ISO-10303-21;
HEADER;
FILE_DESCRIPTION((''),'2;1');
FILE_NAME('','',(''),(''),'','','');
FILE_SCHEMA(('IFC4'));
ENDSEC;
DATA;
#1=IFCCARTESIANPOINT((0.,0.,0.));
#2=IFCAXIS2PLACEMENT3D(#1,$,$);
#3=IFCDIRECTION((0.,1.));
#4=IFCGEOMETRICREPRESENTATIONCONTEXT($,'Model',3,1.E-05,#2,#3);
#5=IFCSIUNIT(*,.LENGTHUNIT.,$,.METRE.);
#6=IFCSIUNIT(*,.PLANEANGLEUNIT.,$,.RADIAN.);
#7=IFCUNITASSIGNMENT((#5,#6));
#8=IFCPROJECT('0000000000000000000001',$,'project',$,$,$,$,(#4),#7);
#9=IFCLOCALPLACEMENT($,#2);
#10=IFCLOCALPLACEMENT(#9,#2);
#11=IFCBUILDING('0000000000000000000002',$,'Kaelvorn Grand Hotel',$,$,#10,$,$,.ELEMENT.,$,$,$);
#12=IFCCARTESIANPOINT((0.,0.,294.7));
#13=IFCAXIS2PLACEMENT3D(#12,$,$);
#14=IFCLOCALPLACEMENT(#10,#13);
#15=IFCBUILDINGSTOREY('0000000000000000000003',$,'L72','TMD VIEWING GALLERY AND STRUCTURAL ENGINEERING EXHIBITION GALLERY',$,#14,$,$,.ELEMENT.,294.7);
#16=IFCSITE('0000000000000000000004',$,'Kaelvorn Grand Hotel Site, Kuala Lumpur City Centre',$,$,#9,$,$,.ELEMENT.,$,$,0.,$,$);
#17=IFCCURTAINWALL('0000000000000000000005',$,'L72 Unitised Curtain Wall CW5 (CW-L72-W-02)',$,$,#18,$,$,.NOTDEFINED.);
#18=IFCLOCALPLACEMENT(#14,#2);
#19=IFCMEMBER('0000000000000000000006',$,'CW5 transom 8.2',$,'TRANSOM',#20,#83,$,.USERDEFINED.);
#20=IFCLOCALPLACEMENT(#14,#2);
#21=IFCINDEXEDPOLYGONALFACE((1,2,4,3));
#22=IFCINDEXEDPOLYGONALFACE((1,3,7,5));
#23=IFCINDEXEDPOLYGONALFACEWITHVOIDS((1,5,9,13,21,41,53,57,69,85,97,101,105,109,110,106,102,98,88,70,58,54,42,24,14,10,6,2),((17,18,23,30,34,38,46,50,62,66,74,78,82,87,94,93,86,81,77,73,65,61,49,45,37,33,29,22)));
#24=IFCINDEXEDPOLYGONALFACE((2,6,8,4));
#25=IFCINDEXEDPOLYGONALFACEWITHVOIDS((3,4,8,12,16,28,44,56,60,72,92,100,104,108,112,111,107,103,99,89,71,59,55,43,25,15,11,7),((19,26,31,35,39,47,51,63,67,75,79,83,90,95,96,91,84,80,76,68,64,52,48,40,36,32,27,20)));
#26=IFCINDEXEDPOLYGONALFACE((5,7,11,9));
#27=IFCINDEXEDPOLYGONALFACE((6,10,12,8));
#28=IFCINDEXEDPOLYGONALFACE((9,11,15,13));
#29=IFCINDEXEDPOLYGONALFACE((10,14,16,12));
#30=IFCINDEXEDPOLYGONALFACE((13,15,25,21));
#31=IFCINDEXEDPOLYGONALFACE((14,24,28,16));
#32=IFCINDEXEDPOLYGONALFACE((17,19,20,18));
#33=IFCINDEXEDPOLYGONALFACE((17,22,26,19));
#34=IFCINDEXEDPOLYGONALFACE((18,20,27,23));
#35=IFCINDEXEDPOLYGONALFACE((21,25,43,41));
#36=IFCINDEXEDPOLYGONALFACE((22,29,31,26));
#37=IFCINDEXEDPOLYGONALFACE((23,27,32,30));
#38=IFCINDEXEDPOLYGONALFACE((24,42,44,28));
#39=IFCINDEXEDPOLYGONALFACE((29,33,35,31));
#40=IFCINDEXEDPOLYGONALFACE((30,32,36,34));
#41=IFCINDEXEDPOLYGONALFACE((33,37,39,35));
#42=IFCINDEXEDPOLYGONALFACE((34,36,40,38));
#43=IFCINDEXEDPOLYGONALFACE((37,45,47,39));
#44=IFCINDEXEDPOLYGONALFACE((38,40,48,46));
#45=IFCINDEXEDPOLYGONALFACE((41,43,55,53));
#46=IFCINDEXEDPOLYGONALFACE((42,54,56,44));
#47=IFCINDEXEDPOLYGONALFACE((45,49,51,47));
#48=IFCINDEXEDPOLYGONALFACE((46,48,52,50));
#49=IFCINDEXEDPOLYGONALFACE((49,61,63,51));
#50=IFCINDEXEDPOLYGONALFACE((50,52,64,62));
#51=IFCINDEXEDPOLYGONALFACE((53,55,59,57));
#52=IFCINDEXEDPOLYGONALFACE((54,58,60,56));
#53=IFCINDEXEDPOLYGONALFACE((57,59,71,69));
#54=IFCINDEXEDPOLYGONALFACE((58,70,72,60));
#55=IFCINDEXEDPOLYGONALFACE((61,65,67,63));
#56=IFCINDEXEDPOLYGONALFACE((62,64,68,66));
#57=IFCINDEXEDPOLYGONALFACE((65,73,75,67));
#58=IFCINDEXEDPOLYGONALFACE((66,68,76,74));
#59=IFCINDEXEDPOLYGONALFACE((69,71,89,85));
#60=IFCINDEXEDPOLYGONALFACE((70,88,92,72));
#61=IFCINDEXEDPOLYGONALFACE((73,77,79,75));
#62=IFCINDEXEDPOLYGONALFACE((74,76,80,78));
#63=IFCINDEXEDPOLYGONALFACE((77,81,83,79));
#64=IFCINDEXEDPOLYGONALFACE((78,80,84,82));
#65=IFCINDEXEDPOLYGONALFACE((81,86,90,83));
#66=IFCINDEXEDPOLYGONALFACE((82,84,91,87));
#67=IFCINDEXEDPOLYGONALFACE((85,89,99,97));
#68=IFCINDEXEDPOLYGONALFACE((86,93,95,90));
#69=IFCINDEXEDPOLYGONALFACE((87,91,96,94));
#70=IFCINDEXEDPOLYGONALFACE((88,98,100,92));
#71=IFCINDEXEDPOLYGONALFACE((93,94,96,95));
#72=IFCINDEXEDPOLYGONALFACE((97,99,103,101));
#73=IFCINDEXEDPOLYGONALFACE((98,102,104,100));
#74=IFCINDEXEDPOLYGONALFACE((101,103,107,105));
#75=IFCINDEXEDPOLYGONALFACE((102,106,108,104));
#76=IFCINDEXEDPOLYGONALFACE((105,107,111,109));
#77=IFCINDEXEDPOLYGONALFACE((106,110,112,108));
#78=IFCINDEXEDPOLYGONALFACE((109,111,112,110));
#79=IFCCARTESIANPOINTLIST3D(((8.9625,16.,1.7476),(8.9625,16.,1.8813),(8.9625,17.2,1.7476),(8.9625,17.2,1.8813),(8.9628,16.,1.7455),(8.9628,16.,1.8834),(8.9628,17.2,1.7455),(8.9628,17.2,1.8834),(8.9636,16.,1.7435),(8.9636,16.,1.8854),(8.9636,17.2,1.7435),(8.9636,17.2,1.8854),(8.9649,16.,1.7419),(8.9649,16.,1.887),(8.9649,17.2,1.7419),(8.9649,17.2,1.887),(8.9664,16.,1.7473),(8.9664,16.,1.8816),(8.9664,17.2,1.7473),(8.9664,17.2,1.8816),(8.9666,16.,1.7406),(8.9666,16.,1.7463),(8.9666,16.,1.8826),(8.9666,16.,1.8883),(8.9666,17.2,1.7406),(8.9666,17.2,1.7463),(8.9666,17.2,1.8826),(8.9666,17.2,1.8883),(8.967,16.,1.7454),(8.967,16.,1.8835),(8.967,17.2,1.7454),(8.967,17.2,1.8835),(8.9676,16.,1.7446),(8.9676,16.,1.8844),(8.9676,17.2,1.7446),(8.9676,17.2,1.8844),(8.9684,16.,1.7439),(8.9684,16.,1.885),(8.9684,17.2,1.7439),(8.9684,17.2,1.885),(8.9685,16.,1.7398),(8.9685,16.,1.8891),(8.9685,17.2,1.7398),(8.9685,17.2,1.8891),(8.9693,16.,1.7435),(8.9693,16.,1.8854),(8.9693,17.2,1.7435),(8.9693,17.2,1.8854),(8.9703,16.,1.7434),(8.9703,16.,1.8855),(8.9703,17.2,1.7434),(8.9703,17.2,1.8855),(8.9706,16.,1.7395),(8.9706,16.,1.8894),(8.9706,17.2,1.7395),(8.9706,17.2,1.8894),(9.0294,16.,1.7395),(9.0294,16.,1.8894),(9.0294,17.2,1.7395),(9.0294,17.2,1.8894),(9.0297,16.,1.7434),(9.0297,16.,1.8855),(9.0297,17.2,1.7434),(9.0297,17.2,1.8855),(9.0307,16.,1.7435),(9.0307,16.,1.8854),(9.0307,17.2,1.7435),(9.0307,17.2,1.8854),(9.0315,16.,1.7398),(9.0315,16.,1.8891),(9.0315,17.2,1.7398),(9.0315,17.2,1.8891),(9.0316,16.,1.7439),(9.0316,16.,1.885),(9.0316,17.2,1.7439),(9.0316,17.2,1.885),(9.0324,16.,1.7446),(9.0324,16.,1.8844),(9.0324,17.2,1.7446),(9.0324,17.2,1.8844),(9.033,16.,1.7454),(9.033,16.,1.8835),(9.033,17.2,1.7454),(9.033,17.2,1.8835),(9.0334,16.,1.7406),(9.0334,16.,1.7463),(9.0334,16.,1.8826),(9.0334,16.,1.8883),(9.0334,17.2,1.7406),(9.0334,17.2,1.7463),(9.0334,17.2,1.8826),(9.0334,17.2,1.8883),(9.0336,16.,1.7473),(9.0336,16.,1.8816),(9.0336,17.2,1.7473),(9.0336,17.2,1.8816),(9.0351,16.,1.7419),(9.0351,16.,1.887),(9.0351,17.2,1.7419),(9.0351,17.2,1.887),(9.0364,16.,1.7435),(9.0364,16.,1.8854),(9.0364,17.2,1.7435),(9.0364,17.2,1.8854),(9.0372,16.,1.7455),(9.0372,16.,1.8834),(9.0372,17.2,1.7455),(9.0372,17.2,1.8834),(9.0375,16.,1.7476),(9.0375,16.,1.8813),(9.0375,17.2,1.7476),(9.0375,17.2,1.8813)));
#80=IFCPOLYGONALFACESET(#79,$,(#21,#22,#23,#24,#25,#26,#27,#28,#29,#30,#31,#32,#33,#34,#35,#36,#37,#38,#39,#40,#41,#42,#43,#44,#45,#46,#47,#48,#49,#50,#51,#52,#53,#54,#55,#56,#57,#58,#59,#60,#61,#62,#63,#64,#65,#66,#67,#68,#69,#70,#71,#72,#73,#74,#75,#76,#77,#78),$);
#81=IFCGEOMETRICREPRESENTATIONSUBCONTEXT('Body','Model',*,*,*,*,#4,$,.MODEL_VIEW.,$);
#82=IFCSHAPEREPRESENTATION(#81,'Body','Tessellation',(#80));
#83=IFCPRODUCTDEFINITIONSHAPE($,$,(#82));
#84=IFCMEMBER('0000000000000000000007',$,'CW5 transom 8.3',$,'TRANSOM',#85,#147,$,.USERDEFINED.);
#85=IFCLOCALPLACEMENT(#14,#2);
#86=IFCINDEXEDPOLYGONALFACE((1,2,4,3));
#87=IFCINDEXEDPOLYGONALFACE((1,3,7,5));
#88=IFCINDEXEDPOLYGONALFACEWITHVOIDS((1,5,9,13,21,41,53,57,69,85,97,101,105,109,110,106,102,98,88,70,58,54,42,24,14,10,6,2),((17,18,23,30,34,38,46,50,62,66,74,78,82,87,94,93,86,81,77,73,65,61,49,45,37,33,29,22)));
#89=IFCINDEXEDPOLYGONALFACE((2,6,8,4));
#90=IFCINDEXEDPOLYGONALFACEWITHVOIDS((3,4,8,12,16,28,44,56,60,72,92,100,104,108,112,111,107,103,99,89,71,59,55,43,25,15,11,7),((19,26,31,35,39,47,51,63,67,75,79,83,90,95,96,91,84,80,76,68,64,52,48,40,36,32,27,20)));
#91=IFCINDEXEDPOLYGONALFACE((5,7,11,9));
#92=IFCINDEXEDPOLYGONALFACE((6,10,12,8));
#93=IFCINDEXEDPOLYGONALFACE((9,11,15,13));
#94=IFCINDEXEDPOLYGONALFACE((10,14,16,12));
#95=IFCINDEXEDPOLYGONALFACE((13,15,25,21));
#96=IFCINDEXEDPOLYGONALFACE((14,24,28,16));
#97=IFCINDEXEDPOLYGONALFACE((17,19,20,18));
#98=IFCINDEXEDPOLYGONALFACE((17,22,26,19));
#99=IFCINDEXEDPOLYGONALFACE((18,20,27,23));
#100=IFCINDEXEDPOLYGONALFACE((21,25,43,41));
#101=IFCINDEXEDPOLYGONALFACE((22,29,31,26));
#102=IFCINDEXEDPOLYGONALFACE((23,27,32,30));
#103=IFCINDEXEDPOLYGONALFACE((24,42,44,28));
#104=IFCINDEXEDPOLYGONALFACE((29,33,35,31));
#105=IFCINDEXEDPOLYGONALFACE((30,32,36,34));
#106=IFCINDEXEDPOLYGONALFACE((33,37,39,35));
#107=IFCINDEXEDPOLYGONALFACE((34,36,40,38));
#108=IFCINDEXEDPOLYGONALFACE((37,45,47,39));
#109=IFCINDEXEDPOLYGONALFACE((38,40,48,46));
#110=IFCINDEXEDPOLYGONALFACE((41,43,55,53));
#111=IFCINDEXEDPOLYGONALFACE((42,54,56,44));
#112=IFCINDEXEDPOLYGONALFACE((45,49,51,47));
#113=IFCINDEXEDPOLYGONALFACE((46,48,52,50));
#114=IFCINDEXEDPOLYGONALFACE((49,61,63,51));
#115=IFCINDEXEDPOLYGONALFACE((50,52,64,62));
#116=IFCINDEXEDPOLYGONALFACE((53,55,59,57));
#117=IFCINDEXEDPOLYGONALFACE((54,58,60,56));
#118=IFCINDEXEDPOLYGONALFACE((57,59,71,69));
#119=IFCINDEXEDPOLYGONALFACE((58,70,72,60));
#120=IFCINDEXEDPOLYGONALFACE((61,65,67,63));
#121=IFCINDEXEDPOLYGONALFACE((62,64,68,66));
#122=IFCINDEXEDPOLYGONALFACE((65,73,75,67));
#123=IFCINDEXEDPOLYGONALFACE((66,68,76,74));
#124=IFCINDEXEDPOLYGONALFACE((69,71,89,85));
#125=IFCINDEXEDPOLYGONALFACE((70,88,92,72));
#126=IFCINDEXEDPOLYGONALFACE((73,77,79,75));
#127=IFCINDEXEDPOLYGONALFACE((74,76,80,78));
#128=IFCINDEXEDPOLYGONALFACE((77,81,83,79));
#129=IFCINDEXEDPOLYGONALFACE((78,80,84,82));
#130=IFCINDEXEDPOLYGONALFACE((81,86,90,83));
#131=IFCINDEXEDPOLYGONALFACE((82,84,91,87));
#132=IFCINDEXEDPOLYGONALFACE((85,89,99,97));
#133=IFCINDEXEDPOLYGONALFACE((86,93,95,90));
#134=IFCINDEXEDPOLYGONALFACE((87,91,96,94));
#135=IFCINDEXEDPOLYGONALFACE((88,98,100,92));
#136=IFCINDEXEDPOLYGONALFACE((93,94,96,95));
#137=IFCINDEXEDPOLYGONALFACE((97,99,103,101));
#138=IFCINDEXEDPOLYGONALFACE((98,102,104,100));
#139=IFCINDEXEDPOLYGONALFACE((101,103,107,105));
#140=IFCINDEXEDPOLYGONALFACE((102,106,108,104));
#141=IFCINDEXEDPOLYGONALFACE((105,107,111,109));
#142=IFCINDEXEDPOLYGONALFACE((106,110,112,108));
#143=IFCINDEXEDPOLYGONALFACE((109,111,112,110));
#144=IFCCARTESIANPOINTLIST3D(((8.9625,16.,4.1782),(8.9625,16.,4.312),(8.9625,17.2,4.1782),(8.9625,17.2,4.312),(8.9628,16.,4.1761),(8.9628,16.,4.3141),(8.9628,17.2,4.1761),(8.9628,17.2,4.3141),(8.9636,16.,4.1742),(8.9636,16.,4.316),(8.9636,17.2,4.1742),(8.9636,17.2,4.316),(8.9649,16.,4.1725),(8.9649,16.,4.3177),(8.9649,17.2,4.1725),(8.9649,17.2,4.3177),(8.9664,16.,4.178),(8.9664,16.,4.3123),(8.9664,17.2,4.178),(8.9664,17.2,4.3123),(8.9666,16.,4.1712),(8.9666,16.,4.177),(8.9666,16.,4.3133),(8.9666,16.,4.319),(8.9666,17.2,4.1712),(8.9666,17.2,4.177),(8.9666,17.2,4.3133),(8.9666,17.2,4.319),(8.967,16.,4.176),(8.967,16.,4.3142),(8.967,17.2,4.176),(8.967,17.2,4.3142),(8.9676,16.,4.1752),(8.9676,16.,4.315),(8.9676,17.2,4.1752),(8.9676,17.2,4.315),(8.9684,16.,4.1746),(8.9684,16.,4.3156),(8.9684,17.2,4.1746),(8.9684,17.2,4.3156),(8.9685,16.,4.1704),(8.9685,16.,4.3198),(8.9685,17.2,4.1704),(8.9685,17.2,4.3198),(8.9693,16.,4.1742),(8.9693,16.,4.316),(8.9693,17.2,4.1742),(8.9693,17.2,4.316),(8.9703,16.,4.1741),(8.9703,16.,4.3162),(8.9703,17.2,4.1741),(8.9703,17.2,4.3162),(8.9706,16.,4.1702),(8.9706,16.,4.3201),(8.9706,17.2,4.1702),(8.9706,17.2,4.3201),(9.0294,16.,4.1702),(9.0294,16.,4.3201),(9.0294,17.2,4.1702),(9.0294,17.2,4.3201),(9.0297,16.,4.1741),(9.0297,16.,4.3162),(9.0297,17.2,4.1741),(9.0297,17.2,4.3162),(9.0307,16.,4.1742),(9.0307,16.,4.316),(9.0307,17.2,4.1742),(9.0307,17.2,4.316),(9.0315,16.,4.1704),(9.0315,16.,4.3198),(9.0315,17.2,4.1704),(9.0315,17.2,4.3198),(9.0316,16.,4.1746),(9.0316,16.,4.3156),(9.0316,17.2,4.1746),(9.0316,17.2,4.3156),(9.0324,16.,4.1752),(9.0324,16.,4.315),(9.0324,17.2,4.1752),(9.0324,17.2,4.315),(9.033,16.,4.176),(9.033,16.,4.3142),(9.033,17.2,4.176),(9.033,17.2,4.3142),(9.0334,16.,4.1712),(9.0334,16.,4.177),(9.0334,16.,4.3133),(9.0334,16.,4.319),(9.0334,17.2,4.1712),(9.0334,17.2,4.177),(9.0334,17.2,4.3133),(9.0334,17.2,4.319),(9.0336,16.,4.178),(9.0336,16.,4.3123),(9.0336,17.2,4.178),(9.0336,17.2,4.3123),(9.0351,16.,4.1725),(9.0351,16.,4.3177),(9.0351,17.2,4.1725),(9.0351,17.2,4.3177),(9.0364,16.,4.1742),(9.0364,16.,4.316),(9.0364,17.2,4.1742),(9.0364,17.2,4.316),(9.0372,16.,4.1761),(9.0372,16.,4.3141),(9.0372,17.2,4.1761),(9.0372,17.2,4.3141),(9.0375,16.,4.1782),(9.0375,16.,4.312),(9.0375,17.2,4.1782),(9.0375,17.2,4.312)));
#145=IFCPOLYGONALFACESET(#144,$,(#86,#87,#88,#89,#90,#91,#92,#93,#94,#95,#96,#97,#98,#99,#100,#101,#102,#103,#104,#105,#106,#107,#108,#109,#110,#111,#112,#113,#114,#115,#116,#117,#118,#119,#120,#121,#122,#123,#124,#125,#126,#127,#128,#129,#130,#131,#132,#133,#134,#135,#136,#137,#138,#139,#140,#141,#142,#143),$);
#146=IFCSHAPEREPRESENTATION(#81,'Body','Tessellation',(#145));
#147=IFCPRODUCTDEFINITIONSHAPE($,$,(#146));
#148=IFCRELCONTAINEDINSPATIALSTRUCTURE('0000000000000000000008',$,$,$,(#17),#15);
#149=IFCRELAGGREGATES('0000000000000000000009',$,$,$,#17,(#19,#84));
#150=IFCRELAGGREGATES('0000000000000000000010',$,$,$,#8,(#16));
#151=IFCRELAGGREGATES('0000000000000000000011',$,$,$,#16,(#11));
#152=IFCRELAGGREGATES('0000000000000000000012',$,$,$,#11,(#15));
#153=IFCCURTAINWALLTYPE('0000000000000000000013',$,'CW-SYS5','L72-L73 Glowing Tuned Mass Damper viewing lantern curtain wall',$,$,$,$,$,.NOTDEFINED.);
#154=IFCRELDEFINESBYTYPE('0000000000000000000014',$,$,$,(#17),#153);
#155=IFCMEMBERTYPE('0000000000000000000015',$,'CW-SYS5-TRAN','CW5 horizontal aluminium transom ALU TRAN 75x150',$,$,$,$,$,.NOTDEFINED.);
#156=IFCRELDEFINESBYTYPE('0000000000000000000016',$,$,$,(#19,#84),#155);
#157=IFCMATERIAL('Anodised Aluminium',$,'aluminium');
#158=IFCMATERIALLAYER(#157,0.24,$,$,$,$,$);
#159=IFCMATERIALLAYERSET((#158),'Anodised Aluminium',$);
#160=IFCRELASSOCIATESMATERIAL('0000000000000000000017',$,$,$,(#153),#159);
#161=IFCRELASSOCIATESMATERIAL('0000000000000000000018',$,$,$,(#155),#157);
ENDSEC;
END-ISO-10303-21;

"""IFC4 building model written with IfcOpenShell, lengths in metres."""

from ifc_helpers import new_model, si_unit, direction, frame, origin, origin_2d, place, context, subcontext, project, spatial, hollow_rectangle, extrude, material, layer, layer_set, material_profile, profile_set, type_object, element, aggregate, save


model = new_model("IFC4")

# Units and contexts
model_context = context("Model", 3, precision=1e-05, world=origin(), true_north=direction((0.0, 1.0)))
body_context = subcontext(model_context, "Body", "Model", "MODEL_VIEW")
ifc_project = project(units=[si_unit("LENGTHUNIT", "METRE"), si_unit("PLANEANGLEUNIT", "RADIAN")], contexts=[model_context])

# Site, building, storey
site_placement = place(None, origin())
site = spatial("IfcSite", under=ifc_project, at=site_placement, Name="Kaelvorn Grand Hotel Site, Kuala Lumpur City Centre", CompositionType="ELEMENT", RefElevation=0.0)
building_placement = place(site_placement, origin())
building = spatial("IfcBuilding", under=site, at=building_placement, Name="Kaelvorn Grand Hotel", CompositionType="ELEMENT")
storey_placement = place(building_placement, frame((0.0, 0.0, 294.7)))
storey = spatial("IfcBuildingStorey", under=building, at=storey_placement, Name="L72", Description="TMD VIEWING GALLERY AND STRUCTURAL ENGINEERING EXHIBITION GALLERY", CompositionType="ELEMENT", Elevation=294.7)

# Curtain wall
ifc_material_1 = material(Name="Anodised Aluminium", Category="aluminium")
ifc_layer_1 = layer(ifc_material_1, 0.24)
ifc_layer_set_1 = layer_set([ifc_layer_1], Name="Anodised Aluminium")
curtain_wall_type = type_object("IfcCurtainWallType", Name="CW-SYS5", Description="L72-L73 Glowing Tuned Mass Damper viewing lantern curtain wall", PredefinedType="NOTDEFINED", material=ifc_layer_set_1)
curtain_wall_1_placement = place(storey_placement, origin())
curtain_wall_1 = element("IfcCurtainWall", 1, at=curtain_wall_1_placement, inside=storey, type_object=curtain_wall_type, Name="L72 Unitised Curtain Wall CW5 (CW-L72-W-02)", PredefinedType="NOTDEFINED")

# Members
ifc_material_profile_1 = material_profile(ifc_material_1, hollow_rectangle(XDim=0.075, YDim=0.1499, WallThickness=0.0039, InnerFilletRadius=0.0039, OuterFilletRadius=0.0081, at=origin_2d()), Name="ALU TRAN 75x150")
ifc_profile_set_1 = profile_set([ifc_material_profile_1], Name="Anodised Aluminium")
member_type_1 = type_object("IfcMemberType", Name="CW-SYS5-TRAN", Description="CW5 horizontal aluminium transom ALU TRAN 75x150", PredefinedType="NOTDEFINED", material=ifc_profile_set_1)
member_1_placement = place(storey_placement, frame((9.0, 17.2, 1.8145), z_axis=(0.0, -1.0, 0.0), x_axis=(1.0, 0.0, 0.0)))
member_1 = element("IfcMember", 2, at=member_1_placement, type_object=member_type_1, Name="CW5 transom 8.2", ObjectType="TRANSOM", PredefinedType="USERDEFINED", context=body_context, shape_type="SweptSolid", body=[
    extrude(hollow_rectangle(XDim=0.075, YDim=0.1499, WallThickness=0.0039, InnerFilletRadius=0.0039, OuterFilletRadius=0.0081, at=origin_2d()), origin(), (0.0, 0.0, 1.0), 1.2),
])
member_2_placement = place(storey_placement, frame((9.0, 17.2, 4.2451), z_axis=(0.0, -1.0, 0.0), x_axis=(1.0, 0.0, 0.0)))
member_2 = element("IfcMember", 3, at=member_2_placement, type_object=member_type_1, Name="CW5 transom 8.3", ObjectType="TRANSOM", PredefinedType="USERDEFINED", context=body_context, shape_type="SweptSolid", body=[
    extrude(hollow_rectangle(XDim=0.075, YDim=0.1499, WallThickness=0.0039, InnerFilletRadius=0.0039, OuterFilletRadius=0.0081, at=origin_2d()), origin(), (0.0, 0.0, 1.0), 1.2),
])

aggregate(curtain_wall_1, [member_1, member_2])

save(model, "model.ifc")
